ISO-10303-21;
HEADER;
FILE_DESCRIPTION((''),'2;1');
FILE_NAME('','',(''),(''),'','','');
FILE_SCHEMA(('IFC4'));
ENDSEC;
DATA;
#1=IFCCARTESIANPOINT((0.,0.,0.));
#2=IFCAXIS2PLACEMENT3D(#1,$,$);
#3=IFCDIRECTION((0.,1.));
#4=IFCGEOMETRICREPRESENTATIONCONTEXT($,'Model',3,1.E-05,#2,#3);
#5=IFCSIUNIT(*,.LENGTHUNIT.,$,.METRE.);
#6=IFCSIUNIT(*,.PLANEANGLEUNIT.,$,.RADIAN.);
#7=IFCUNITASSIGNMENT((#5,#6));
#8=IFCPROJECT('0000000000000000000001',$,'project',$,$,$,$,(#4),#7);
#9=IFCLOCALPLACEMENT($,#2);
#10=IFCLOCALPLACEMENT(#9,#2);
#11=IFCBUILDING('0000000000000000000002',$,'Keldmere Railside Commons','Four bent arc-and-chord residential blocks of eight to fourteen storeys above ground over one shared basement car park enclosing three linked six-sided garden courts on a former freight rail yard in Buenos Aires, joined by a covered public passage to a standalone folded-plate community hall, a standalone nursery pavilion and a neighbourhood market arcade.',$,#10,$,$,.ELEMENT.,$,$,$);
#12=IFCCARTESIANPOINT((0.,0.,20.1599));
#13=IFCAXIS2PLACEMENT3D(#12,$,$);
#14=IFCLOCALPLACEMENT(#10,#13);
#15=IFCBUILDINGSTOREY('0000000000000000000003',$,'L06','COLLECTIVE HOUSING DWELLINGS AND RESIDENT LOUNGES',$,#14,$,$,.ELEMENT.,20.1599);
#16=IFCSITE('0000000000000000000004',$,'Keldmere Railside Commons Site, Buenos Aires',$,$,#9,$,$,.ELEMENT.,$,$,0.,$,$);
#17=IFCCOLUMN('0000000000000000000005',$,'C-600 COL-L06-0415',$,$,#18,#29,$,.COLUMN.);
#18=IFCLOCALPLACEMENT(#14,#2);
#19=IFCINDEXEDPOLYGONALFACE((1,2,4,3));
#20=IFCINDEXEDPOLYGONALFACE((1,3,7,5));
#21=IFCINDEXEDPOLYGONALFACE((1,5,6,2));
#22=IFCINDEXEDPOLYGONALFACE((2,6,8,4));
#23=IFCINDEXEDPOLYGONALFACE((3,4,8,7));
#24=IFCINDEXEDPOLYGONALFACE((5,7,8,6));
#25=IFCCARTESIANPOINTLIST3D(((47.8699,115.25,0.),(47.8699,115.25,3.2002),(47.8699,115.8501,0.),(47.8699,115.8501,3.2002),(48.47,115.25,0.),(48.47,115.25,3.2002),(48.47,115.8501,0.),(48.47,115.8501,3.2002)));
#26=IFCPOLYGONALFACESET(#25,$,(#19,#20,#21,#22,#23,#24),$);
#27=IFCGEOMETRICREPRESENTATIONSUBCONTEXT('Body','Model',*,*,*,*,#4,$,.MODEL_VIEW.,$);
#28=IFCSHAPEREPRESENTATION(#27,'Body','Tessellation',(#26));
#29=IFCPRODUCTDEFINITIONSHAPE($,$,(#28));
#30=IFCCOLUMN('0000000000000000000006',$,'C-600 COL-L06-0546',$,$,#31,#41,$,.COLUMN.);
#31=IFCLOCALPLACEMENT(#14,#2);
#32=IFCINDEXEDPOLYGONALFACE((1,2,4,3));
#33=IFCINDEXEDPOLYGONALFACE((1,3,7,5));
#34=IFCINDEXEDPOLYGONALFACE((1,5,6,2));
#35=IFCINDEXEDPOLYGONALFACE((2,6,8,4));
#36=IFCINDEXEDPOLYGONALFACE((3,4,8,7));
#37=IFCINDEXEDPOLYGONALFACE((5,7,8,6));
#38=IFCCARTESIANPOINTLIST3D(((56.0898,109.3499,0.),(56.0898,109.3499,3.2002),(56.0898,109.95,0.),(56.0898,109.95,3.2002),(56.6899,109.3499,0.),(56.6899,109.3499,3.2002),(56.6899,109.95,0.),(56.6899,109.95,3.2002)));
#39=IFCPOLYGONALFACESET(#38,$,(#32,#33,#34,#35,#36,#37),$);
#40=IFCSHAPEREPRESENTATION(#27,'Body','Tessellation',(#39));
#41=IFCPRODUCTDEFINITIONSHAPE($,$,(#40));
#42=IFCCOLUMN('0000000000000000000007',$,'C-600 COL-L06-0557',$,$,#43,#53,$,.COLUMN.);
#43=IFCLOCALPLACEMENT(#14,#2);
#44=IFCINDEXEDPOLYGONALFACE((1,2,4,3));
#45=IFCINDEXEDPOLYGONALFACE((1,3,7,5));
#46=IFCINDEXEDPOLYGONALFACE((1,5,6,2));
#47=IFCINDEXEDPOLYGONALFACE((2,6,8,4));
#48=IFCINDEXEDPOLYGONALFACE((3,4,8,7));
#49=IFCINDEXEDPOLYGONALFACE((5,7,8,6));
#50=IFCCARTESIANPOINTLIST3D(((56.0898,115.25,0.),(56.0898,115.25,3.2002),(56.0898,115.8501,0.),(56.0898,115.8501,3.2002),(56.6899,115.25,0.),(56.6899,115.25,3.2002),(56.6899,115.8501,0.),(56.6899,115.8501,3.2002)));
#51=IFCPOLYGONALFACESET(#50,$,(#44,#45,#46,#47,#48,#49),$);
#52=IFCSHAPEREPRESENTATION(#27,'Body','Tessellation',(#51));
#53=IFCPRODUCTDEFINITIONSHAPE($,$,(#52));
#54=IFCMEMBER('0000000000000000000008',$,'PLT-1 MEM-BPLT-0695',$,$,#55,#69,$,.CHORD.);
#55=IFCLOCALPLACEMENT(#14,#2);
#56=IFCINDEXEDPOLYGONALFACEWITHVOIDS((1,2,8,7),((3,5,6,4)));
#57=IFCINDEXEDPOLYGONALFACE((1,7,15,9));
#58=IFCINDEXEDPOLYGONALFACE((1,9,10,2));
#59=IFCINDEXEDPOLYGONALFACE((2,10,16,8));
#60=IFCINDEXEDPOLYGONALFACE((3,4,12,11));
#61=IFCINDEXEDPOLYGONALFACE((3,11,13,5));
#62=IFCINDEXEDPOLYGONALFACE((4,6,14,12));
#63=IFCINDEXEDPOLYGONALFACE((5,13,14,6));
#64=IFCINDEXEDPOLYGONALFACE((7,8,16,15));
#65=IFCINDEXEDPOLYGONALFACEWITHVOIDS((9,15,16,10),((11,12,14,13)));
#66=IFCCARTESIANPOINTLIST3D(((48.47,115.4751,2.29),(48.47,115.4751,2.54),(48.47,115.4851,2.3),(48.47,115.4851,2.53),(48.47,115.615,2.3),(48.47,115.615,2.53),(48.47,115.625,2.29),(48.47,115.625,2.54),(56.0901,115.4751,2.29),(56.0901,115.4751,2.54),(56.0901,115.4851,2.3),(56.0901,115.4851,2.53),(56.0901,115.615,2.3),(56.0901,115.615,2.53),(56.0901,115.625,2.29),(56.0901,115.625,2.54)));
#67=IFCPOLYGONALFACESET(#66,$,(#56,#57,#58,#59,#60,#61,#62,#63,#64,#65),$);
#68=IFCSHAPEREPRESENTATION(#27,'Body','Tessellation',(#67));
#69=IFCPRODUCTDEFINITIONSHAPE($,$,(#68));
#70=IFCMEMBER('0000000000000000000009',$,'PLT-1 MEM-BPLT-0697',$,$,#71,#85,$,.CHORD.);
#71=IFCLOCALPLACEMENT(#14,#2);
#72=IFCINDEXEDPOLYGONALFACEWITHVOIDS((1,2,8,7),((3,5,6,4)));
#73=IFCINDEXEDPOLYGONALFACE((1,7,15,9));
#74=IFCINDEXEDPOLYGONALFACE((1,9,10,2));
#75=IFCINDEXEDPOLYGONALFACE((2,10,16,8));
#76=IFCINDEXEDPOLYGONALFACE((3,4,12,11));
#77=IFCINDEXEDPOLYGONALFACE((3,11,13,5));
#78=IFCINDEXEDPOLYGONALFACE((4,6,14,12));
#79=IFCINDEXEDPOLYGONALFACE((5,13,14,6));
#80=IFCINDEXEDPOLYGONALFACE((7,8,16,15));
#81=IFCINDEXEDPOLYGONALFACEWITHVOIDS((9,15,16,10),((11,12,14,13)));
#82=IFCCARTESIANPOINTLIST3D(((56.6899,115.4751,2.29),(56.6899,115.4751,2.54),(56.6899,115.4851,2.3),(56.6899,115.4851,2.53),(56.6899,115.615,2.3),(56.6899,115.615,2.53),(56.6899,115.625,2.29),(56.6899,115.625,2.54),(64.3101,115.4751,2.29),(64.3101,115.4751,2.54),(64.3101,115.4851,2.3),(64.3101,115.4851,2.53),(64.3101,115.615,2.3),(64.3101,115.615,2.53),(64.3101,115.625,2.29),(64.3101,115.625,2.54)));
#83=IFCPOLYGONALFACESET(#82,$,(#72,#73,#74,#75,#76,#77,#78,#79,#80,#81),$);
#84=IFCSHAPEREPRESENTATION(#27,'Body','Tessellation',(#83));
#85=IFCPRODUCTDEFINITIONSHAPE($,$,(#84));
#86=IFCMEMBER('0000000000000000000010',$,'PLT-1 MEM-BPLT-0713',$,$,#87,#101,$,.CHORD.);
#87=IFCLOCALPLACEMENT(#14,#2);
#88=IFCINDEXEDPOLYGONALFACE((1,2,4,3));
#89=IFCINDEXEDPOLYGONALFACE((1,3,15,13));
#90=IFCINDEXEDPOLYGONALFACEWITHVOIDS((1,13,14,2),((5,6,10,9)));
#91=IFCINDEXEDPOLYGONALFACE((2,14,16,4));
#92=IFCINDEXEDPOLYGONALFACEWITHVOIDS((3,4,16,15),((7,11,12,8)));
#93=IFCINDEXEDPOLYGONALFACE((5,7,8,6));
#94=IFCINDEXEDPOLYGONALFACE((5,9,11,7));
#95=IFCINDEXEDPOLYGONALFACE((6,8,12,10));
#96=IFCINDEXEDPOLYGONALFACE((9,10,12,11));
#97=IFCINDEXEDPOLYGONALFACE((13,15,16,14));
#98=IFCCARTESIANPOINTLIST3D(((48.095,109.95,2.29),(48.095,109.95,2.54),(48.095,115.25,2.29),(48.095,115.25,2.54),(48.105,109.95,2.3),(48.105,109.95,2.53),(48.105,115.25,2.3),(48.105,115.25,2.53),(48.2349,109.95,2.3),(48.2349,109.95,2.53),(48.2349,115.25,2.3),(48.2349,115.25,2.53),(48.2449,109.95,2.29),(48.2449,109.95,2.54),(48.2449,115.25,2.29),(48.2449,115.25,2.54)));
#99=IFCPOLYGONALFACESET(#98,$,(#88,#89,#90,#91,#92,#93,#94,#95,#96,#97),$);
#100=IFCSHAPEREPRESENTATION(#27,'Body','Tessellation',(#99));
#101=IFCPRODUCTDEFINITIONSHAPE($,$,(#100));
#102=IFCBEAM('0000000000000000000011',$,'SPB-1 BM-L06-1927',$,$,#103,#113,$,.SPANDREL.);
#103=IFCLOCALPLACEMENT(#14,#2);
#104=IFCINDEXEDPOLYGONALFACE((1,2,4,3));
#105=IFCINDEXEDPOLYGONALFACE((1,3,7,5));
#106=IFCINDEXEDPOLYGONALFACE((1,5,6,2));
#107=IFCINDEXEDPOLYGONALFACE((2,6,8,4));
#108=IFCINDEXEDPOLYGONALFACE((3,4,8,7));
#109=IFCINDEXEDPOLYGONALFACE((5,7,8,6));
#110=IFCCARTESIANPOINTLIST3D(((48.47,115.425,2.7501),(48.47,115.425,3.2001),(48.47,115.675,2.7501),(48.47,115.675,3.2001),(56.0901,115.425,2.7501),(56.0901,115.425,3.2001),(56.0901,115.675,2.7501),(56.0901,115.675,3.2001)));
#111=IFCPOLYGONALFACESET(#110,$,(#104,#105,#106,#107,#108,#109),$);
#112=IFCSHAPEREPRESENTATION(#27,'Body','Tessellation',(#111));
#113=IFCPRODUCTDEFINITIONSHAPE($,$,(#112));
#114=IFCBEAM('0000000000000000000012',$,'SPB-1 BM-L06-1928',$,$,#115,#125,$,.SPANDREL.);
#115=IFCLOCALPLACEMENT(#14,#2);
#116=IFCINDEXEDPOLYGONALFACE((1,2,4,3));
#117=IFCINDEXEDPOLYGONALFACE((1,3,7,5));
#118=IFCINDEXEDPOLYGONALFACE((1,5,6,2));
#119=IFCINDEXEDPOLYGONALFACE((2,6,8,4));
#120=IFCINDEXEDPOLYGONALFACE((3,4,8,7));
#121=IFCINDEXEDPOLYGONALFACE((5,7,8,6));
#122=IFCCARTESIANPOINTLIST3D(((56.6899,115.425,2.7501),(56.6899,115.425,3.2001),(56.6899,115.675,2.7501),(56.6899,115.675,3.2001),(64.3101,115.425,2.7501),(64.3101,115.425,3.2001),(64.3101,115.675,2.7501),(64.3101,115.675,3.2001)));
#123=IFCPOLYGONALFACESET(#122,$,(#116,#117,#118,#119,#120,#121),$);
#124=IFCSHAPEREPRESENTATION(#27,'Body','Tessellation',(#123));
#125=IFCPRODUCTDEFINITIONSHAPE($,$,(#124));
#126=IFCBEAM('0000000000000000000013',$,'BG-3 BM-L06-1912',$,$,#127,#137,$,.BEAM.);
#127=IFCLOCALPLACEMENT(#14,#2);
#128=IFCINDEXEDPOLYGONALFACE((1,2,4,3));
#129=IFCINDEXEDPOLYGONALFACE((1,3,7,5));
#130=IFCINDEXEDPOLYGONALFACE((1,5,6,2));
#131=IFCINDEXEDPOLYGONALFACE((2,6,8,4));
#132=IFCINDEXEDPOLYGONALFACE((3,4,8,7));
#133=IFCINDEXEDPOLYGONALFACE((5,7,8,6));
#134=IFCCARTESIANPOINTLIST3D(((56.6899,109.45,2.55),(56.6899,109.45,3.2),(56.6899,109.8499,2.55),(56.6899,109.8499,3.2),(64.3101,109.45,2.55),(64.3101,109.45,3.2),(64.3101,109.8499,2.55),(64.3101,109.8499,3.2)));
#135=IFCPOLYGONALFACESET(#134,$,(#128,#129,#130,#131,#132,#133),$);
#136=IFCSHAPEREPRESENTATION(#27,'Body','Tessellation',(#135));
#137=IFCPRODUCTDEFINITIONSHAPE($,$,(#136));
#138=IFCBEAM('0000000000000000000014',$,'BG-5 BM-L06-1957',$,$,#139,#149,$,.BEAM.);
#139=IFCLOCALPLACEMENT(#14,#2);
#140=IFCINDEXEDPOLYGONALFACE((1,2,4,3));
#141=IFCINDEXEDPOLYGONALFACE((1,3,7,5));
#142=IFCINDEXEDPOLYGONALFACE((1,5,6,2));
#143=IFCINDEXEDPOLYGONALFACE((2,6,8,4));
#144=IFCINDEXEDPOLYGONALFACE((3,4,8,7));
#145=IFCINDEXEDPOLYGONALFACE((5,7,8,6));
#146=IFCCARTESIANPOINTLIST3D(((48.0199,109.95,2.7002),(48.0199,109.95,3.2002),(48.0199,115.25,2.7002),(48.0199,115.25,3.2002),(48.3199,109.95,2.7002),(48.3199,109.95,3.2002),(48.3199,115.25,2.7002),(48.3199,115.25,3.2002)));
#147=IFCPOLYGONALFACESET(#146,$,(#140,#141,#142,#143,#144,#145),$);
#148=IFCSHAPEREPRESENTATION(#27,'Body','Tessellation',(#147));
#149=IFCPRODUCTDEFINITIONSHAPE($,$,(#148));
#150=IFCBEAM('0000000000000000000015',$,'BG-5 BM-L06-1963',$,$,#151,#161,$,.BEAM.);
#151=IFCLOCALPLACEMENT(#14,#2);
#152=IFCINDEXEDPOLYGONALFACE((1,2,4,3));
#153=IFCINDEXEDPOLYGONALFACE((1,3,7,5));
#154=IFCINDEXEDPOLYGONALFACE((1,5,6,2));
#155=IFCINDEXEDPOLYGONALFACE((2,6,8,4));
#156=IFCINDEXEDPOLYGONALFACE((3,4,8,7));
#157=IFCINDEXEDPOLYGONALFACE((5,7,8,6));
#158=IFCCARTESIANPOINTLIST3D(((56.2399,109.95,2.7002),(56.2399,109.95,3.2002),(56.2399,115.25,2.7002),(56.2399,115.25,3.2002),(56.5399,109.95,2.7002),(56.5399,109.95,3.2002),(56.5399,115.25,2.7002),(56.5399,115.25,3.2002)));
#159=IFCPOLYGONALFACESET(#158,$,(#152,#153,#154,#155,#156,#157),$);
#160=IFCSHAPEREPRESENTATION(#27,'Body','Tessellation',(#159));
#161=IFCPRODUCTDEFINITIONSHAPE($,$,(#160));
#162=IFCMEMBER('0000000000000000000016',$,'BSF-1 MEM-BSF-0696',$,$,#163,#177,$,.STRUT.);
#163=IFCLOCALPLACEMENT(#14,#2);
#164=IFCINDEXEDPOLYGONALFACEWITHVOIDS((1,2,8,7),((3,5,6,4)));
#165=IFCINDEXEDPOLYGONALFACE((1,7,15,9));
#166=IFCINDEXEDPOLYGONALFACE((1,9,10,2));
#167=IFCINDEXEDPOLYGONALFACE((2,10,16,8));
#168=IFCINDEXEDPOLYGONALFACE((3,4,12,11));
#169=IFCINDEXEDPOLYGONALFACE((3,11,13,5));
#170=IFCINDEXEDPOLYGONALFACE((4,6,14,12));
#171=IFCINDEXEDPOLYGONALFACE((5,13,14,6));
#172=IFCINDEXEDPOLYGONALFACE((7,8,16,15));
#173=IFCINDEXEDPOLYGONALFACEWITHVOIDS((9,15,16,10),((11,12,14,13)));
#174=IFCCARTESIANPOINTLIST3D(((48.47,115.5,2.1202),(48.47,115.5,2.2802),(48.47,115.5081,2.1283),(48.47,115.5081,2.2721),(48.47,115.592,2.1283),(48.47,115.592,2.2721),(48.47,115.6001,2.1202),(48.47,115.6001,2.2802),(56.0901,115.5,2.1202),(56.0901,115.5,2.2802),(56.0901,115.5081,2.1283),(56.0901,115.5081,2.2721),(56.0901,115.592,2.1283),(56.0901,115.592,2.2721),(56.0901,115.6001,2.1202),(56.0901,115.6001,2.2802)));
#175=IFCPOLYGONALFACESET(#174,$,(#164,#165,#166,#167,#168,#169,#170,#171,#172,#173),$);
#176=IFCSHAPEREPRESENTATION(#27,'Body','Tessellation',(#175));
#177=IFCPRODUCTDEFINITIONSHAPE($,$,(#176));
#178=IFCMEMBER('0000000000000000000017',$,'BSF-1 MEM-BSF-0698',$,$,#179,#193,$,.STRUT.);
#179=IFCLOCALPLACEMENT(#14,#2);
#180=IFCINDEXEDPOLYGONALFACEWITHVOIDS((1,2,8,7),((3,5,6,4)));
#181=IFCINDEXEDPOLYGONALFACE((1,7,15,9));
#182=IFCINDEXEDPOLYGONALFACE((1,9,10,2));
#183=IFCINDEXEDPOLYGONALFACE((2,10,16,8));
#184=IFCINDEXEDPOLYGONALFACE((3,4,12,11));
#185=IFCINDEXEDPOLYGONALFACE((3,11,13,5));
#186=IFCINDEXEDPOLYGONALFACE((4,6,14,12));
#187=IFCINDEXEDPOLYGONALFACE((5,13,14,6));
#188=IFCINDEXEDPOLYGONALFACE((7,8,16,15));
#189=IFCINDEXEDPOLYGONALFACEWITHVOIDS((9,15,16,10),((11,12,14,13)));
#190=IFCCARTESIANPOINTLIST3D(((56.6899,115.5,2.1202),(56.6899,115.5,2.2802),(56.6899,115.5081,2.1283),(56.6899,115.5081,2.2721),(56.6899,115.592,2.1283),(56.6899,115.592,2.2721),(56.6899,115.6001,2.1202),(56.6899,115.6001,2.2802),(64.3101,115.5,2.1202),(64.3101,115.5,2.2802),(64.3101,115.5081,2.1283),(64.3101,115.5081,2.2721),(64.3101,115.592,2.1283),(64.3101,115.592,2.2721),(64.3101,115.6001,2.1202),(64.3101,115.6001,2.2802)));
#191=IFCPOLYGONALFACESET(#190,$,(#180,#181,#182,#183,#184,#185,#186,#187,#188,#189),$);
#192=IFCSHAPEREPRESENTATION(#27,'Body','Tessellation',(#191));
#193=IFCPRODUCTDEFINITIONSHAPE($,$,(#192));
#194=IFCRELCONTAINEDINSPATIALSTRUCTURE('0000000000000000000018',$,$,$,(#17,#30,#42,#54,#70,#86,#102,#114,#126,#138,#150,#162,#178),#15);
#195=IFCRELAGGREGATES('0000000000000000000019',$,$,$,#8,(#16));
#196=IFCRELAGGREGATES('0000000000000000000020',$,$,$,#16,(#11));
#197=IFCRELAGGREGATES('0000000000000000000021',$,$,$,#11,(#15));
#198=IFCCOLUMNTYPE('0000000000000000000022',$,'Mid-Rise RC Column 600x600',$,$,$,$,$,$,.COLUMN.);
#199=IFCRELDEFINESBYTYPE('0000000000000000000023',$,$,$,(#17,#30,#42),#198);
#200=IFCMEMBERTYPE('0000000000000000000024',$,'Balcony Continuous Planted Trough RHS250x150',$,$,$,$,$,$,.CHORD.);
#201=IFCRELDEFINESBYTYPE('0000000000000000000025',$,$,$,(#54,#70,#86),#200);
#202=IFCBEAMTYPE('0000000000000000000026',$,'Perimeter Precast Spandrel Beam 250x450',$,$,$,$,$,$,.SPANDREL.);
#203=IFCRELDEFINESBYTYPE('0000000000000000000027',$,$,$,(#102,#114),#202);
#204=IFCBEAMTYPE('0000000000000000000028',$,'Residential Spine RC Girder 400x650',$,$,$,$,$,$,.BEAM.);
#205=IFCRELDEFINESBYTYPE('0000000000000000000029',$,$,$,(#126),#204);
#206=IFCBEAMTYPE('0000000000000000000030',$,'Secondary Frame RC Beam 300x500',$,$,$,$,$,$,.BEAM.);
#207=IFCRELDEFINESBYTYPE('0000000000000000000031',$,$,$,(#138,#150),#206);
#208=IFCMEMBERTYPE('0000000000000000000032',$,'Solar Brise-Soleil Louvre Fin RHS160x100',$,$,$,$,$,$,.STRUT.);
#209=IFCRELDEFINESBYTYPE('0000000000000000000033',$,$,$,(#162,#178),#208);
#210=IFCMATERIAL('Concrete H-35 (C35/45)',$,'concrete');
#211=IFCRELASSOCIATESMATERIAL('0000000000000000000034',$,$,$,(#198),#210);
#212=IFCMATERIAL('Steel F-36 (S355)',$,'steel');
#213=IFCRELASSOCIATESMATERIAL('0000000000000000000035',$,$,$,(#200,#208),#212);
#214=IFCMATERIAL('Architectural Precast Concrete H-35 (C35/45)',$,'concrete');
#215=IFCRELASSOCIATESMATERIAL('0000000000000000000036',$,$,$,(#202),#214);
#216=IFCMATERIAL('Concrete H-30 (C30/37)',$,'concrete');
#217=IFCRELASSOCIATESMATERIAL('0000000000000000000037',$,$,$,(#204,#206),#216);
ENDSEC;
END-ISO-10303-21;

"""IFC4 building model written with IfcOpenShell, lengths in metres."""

from ifc_helpers import new_model, si_unit, direction, frame, origin, origin_2d, place, context, subcontext, project, spatial, rectangle, hollow_rectangle, extrude, material, material_profile, profile_set, type_object, element, save


model = new_model("IFC4")

# Units and contexts
model_context = context("Model", 3, precision=1e-05, world=origin(), true_north=direction((0.0, 1.0)))
body_context = subcontext(model_context, "Body", "Model", "MODEL_VIEW")
ifc_project = project(units=[si_unit("LENGTHUNIT", "METRE"), si_unit("PLANEANGLEUNIT", "RADIAN")], contexts=[model_context])

# Site, building, storey
site_placement = place(None, origin())
site = spatial("IfcSite", under=ifc_project, at=site_placement, Name="Keldmere Railside Commons Site, Buenos Aires", CompositionType="ELEMENT", RefElevation=0.0)
building_placement = place(site_placement, origin())
building = spatial("IfcBuilding", under=site, at=building_placement, Name="Keldmere Railside Commons", Description="Four bent arc-and-chord residential blocks of eight to fourteen storeys above ground over one shared basement car park enclosing three linked six-sided garden courts on a former freight rail yard in Buenos Aires, joined by a covered public passage to a standalone folded-plate community hall, a standalone nursery pavilion and a neighbourhood market arcade.", CompositionType="ELEMENT")
storey_placement = place(building_placement, frame((0.0, 0.0, 20.1599)))
storey = spatial("IfcBuildingStorey", under=building, at=storey_placement, Name="L06", Description="COLLECTIVE HOUSING DWELLINGS AND RESIDENT LOUNGES", CompositionType="ELEMENT", Elevation=20.1599)

# Columns
ifc_material_1 = material(Name="Concrete H-35 (C35/45)", Category="concrete")
ifc_material_profile_1 = material_profile(ifc_material_1, rectangle(XDim=0.6001, YDim=0.6001, at=origin_2d()), Name="RC-600x600")
ifc_profile_set_1 = profile_set([ifc_material_profile_1], Name="Concrete H-35 (C35/45)")
column_type = type_object("IfcColumnType", Name="Mid-Rise RC Column 600x600", PredefinedType="COLUMN", material=ifc_profile_set_1)
for number, where, z_axis, x_axis, name in (
    (1, (48.1699, 115.55, 0.0), (0.0, 0.0, 1.0), (1.0, 0.0, 0.0), "C-600 COL-L06-0415"),
    (2, (56.3899, 109.6499, 0.0), (0.0, 0.0, 1.0), (1.0, 0.0, 0.0), "C-600 COL-L06-0546"),
    (3, (56.3899, 115.55, 0.0), (0.0, 0.0, 1.0), (1.0, 0.0, 0.0), "C-600 COL-L06-0557"),
):
    element("IfcColumn", number, at=place(storey_placement, frame(where, z_axis=z_axis, x_axis=x_axis)), inside=storey, type_object=column_type, Name=name, PredefinedType="COLUMN", context=body_context, shape_type="SweptSolid", body=[
        extrude(rectangle(XDim=0.6001, YDim=0.6001, at=origin_2d()), origin(), (0.0, 0.0, 1.0), 3.2002),
    ])

# Members
ifc_material_2 = material(Name="Steel F-36 (S355)", Category="steel")
ifc_material_profile_2 = material_profile(ifc_material_2, hollow_rectangle(XDim=0.1499, YDim=0.25, WallThickness=0.01, at=origin_2d()), Name="RHS-250x150x10")
ifc_profile_set_2 = profile_set([ifc_material_profile_2], Name="Steel F-36 (S355)")
member_type_1 = type_object("IfcMemberType", Name="Balcony Continuous Planted Trough RHS250x150", PredefinedType="CHORD", material=ifc_profile_set_2)
for number, where, z_axis, x_axis, name in (
    (4, (48.47, 115.55, 2.415), (1.0, 0.0, 0.0), (0.0, 1.0, 0.0), "PLT-1 MEM-BPLT-0695"),
    (5, (56.6899, 115.55, 2.415), (1.0, 0.0, 0.0), (0.0, 1.0, 0.0), "PLT-1 MEM-BPLT-0697"),
):
    element("IfcMember", number, at=place(storey_placement, frame(where, z_axis=z_axis, x_axis=x_axis)), inside=storey, type_object=member_type_1, Name=name, PredefinedType="CHORD", context=body_context, shape_type="SweptSolid", body=[
        extrude(hollow_rectangle(XDim=0.1499, YDim=0.25, WallThickness=0.01, at=origin_2d()), origin(), (0.0, 0.0, 1.0), 7.6201),
    ])
member_1_placement = place(storey_placement, frame((48.1699, 109.95, 2.415), z_axis=(0.0, 1.0, 0.0), x_axis=(-1.0, 0.0, 0.0)))
element("IfcMember", 6, at=member_1_placement, inside=storey, type_object=member_type_1, Name="PLT-1 MEM-BPLT-0713", PredefinedType="CHORD", context=body_context, shape_type="SweptSolid", body=[
    extrude(hollow_rectangle(XDim=0.1499, YDim=0.25, WallThickness=0.01, at=origin_2d()), origin(), (0.0, 0.0, 1.0), 5.3),
])

# Beams
ifc_material_3 = material(Name="Architectural Precast Concrete H-35 (C35/45)", Category="concrete")
ifc_material_profile_3 = material_profile(ifc_material_3, rectangle(XDim=0.25, YDim=0.45, at=origin_2d()), Name="RC-250x450")
ifc_profile_set_3 = profile_set([ifc_material_profile_3], Name="Architectural Precast Concrete H-35 (C35/45)")
beam_type_1 = type_object("IfcBeamType", Name="Perimeter Precast Spandrel Beam 250x450", PredefinedType="SPANDREL", material=ifc_profile_set_3)
for number, where, z_axis, x_axis, name in (
    (7, (48.47, 115.55, 2.9751), (1.0, 0.0, 0.0), (0.0, 1.0, 0.0), "SPB-1 BM-L06-1927"),
    (8, (56.6899, 115.55, 2.9751), (1.0, 0.0, 0.0), (0.0, 1.0, 0.0), "SPB-1 BM-L06-1928"),
):
    element("IfcBeam", number, at=place(storey_placement, frame(where, z_axis=z_axis, x_axis=x_axis)), inside=storey, type_object=beam_type_1, Name=name, PredefinedType="SPANDREL", context=body_context, shape_type="SweptSolid", body=[
        extrude(rectangle(XDim=0.25, YDim=0.45, at=origin_2d()), origin(), (0.0, 0.0, 1.0), 7.6201),
    ])
ifc_material_4 = material(Name="Concrete H-30 (C30/37)", Category="concrete")
ifc_material_profile_4 = material_profile(ifc_material_4, rectangle(XDim=0.3999, YDim=0.6499, at=origin_2d()), Name="RC-400x650")
ifc_profile_set_4 = profile_set([ifc_material_profile_4], Name="Concrete H-30 (C30/37)")
beam_type_2 = type_object("IfcBeamType", Name="Residential Spine RC Girder 400x650", PredefinedType="BEAM", material=ifc_profile_set_4)
beam_placement = place(storey_placement, frame((56.6899, 109.6499, 2.875), z_axis=(1.0, 0.0, 0.0), x_axis=(0.0, 1.0, 0.0)))
element("IfcBeam", 9, at=beam_placement, inside=storey, type_object=beam_type_2, Name="BG-3 BM-L06-1912", PredefinedType="BEAM", context=body_context, shape_type="SweptSolid", body=[
    extrude(rectangle(XDim=0.3999, YDim=0.6499, at=origin_2d()), origin(), (0.0, 0.0, 1.0), 7.6201),
])
ifc_material_profile_5 = material_profile(ifc_material_4, rectangle(XDim=0.3, YDim=0.5, at=origin_2d()), Name="RC-300x500")
ifc_profile_set_5 = profile_set([ifc_material_profile_5], Name="Concrete H-30 (C30/37)")
beam_type_3 = type_object("IfcBeamType", Name="Secondary Frame RC Beam 300x500", PredefinedType="BEAM", material=ifc_profile_set_5)
for number, where, z_axis, x_axis, name in (
    (10, (48.1699, 109.95, 2.9502), (0.0, 1.0, 0.0), (-1.0, 0.0, 0.0), "BG-5 BM-L06-1957"),
    (11, (56.3899, 109.95, 2.9502), (0.0, 1.0, 0.0), (-1.0, 0.0, 0.0), "BG-5 BM-L06-1963"),
):
    element("IfcBeam", number, at=place(storey_placement, frame(where, z_axis=z_axis, x_axis=x_axis)), inside=storey, type_object=beam_type_3, Name=name, PredefinedType="BEAM", context=body_context, shape_type="SweptSolid", body=[
        extrude(rectangle(XDim=0.3, YDim=0.5, at=origin_2d()), origin(), (0.0, 0.0, 1.0), 5.3),
    ])

# Members
ifc_material_profile_6 = material_profile(ifc_material_2, hollow_rectangle(XDim=0.1001, YDim=0.1599, WallThickness=0.0081, at=origin_2d()), Name="RHS-160x100x8")
ifc_profile_set_6 = profile_set([ifc_material_profile_6], Name="Steel F-36 (S355)")
member_type_2 = type_object("IfcMemberType", Name="Solar Brise-Soleil Louvre Fin RHS160x100", PredefinedType="STRUT", material=ifc_profile_set_6)
for number, where, z_axis, x_axis, name in (
    (12, (48.47, 115.55, 2.2002), (1.0, 0.0, 0.0), (0.0, 1.0, 0.0), "BSF-1 MEM-BSF-0696"),
    (13, (56.6899, 115.55, 2.2002), (1.0, 0.0, 0.0), (0.0, 1.0, 0.0), "BSF-1 MEM-BSF-0698"),
):
    element("IfcMember", number, at=place(storey_placement, frame(where, z_axis=z_axis, x_axis=x_axis)), inside=storey, type_object=member_type_2, Name=name, PredefinedType="STRUT", context=body_context, shape_type="SweptSolid", body=[
        extrude(hollow_rectangle(XDim=0.1001, YDim=0.1599, WallThickness=0.0081, at=origin_2d()), origin(), (0.0, 0.0, 1.0), 7.6201),
    ])

save(model, "model.ifc")
